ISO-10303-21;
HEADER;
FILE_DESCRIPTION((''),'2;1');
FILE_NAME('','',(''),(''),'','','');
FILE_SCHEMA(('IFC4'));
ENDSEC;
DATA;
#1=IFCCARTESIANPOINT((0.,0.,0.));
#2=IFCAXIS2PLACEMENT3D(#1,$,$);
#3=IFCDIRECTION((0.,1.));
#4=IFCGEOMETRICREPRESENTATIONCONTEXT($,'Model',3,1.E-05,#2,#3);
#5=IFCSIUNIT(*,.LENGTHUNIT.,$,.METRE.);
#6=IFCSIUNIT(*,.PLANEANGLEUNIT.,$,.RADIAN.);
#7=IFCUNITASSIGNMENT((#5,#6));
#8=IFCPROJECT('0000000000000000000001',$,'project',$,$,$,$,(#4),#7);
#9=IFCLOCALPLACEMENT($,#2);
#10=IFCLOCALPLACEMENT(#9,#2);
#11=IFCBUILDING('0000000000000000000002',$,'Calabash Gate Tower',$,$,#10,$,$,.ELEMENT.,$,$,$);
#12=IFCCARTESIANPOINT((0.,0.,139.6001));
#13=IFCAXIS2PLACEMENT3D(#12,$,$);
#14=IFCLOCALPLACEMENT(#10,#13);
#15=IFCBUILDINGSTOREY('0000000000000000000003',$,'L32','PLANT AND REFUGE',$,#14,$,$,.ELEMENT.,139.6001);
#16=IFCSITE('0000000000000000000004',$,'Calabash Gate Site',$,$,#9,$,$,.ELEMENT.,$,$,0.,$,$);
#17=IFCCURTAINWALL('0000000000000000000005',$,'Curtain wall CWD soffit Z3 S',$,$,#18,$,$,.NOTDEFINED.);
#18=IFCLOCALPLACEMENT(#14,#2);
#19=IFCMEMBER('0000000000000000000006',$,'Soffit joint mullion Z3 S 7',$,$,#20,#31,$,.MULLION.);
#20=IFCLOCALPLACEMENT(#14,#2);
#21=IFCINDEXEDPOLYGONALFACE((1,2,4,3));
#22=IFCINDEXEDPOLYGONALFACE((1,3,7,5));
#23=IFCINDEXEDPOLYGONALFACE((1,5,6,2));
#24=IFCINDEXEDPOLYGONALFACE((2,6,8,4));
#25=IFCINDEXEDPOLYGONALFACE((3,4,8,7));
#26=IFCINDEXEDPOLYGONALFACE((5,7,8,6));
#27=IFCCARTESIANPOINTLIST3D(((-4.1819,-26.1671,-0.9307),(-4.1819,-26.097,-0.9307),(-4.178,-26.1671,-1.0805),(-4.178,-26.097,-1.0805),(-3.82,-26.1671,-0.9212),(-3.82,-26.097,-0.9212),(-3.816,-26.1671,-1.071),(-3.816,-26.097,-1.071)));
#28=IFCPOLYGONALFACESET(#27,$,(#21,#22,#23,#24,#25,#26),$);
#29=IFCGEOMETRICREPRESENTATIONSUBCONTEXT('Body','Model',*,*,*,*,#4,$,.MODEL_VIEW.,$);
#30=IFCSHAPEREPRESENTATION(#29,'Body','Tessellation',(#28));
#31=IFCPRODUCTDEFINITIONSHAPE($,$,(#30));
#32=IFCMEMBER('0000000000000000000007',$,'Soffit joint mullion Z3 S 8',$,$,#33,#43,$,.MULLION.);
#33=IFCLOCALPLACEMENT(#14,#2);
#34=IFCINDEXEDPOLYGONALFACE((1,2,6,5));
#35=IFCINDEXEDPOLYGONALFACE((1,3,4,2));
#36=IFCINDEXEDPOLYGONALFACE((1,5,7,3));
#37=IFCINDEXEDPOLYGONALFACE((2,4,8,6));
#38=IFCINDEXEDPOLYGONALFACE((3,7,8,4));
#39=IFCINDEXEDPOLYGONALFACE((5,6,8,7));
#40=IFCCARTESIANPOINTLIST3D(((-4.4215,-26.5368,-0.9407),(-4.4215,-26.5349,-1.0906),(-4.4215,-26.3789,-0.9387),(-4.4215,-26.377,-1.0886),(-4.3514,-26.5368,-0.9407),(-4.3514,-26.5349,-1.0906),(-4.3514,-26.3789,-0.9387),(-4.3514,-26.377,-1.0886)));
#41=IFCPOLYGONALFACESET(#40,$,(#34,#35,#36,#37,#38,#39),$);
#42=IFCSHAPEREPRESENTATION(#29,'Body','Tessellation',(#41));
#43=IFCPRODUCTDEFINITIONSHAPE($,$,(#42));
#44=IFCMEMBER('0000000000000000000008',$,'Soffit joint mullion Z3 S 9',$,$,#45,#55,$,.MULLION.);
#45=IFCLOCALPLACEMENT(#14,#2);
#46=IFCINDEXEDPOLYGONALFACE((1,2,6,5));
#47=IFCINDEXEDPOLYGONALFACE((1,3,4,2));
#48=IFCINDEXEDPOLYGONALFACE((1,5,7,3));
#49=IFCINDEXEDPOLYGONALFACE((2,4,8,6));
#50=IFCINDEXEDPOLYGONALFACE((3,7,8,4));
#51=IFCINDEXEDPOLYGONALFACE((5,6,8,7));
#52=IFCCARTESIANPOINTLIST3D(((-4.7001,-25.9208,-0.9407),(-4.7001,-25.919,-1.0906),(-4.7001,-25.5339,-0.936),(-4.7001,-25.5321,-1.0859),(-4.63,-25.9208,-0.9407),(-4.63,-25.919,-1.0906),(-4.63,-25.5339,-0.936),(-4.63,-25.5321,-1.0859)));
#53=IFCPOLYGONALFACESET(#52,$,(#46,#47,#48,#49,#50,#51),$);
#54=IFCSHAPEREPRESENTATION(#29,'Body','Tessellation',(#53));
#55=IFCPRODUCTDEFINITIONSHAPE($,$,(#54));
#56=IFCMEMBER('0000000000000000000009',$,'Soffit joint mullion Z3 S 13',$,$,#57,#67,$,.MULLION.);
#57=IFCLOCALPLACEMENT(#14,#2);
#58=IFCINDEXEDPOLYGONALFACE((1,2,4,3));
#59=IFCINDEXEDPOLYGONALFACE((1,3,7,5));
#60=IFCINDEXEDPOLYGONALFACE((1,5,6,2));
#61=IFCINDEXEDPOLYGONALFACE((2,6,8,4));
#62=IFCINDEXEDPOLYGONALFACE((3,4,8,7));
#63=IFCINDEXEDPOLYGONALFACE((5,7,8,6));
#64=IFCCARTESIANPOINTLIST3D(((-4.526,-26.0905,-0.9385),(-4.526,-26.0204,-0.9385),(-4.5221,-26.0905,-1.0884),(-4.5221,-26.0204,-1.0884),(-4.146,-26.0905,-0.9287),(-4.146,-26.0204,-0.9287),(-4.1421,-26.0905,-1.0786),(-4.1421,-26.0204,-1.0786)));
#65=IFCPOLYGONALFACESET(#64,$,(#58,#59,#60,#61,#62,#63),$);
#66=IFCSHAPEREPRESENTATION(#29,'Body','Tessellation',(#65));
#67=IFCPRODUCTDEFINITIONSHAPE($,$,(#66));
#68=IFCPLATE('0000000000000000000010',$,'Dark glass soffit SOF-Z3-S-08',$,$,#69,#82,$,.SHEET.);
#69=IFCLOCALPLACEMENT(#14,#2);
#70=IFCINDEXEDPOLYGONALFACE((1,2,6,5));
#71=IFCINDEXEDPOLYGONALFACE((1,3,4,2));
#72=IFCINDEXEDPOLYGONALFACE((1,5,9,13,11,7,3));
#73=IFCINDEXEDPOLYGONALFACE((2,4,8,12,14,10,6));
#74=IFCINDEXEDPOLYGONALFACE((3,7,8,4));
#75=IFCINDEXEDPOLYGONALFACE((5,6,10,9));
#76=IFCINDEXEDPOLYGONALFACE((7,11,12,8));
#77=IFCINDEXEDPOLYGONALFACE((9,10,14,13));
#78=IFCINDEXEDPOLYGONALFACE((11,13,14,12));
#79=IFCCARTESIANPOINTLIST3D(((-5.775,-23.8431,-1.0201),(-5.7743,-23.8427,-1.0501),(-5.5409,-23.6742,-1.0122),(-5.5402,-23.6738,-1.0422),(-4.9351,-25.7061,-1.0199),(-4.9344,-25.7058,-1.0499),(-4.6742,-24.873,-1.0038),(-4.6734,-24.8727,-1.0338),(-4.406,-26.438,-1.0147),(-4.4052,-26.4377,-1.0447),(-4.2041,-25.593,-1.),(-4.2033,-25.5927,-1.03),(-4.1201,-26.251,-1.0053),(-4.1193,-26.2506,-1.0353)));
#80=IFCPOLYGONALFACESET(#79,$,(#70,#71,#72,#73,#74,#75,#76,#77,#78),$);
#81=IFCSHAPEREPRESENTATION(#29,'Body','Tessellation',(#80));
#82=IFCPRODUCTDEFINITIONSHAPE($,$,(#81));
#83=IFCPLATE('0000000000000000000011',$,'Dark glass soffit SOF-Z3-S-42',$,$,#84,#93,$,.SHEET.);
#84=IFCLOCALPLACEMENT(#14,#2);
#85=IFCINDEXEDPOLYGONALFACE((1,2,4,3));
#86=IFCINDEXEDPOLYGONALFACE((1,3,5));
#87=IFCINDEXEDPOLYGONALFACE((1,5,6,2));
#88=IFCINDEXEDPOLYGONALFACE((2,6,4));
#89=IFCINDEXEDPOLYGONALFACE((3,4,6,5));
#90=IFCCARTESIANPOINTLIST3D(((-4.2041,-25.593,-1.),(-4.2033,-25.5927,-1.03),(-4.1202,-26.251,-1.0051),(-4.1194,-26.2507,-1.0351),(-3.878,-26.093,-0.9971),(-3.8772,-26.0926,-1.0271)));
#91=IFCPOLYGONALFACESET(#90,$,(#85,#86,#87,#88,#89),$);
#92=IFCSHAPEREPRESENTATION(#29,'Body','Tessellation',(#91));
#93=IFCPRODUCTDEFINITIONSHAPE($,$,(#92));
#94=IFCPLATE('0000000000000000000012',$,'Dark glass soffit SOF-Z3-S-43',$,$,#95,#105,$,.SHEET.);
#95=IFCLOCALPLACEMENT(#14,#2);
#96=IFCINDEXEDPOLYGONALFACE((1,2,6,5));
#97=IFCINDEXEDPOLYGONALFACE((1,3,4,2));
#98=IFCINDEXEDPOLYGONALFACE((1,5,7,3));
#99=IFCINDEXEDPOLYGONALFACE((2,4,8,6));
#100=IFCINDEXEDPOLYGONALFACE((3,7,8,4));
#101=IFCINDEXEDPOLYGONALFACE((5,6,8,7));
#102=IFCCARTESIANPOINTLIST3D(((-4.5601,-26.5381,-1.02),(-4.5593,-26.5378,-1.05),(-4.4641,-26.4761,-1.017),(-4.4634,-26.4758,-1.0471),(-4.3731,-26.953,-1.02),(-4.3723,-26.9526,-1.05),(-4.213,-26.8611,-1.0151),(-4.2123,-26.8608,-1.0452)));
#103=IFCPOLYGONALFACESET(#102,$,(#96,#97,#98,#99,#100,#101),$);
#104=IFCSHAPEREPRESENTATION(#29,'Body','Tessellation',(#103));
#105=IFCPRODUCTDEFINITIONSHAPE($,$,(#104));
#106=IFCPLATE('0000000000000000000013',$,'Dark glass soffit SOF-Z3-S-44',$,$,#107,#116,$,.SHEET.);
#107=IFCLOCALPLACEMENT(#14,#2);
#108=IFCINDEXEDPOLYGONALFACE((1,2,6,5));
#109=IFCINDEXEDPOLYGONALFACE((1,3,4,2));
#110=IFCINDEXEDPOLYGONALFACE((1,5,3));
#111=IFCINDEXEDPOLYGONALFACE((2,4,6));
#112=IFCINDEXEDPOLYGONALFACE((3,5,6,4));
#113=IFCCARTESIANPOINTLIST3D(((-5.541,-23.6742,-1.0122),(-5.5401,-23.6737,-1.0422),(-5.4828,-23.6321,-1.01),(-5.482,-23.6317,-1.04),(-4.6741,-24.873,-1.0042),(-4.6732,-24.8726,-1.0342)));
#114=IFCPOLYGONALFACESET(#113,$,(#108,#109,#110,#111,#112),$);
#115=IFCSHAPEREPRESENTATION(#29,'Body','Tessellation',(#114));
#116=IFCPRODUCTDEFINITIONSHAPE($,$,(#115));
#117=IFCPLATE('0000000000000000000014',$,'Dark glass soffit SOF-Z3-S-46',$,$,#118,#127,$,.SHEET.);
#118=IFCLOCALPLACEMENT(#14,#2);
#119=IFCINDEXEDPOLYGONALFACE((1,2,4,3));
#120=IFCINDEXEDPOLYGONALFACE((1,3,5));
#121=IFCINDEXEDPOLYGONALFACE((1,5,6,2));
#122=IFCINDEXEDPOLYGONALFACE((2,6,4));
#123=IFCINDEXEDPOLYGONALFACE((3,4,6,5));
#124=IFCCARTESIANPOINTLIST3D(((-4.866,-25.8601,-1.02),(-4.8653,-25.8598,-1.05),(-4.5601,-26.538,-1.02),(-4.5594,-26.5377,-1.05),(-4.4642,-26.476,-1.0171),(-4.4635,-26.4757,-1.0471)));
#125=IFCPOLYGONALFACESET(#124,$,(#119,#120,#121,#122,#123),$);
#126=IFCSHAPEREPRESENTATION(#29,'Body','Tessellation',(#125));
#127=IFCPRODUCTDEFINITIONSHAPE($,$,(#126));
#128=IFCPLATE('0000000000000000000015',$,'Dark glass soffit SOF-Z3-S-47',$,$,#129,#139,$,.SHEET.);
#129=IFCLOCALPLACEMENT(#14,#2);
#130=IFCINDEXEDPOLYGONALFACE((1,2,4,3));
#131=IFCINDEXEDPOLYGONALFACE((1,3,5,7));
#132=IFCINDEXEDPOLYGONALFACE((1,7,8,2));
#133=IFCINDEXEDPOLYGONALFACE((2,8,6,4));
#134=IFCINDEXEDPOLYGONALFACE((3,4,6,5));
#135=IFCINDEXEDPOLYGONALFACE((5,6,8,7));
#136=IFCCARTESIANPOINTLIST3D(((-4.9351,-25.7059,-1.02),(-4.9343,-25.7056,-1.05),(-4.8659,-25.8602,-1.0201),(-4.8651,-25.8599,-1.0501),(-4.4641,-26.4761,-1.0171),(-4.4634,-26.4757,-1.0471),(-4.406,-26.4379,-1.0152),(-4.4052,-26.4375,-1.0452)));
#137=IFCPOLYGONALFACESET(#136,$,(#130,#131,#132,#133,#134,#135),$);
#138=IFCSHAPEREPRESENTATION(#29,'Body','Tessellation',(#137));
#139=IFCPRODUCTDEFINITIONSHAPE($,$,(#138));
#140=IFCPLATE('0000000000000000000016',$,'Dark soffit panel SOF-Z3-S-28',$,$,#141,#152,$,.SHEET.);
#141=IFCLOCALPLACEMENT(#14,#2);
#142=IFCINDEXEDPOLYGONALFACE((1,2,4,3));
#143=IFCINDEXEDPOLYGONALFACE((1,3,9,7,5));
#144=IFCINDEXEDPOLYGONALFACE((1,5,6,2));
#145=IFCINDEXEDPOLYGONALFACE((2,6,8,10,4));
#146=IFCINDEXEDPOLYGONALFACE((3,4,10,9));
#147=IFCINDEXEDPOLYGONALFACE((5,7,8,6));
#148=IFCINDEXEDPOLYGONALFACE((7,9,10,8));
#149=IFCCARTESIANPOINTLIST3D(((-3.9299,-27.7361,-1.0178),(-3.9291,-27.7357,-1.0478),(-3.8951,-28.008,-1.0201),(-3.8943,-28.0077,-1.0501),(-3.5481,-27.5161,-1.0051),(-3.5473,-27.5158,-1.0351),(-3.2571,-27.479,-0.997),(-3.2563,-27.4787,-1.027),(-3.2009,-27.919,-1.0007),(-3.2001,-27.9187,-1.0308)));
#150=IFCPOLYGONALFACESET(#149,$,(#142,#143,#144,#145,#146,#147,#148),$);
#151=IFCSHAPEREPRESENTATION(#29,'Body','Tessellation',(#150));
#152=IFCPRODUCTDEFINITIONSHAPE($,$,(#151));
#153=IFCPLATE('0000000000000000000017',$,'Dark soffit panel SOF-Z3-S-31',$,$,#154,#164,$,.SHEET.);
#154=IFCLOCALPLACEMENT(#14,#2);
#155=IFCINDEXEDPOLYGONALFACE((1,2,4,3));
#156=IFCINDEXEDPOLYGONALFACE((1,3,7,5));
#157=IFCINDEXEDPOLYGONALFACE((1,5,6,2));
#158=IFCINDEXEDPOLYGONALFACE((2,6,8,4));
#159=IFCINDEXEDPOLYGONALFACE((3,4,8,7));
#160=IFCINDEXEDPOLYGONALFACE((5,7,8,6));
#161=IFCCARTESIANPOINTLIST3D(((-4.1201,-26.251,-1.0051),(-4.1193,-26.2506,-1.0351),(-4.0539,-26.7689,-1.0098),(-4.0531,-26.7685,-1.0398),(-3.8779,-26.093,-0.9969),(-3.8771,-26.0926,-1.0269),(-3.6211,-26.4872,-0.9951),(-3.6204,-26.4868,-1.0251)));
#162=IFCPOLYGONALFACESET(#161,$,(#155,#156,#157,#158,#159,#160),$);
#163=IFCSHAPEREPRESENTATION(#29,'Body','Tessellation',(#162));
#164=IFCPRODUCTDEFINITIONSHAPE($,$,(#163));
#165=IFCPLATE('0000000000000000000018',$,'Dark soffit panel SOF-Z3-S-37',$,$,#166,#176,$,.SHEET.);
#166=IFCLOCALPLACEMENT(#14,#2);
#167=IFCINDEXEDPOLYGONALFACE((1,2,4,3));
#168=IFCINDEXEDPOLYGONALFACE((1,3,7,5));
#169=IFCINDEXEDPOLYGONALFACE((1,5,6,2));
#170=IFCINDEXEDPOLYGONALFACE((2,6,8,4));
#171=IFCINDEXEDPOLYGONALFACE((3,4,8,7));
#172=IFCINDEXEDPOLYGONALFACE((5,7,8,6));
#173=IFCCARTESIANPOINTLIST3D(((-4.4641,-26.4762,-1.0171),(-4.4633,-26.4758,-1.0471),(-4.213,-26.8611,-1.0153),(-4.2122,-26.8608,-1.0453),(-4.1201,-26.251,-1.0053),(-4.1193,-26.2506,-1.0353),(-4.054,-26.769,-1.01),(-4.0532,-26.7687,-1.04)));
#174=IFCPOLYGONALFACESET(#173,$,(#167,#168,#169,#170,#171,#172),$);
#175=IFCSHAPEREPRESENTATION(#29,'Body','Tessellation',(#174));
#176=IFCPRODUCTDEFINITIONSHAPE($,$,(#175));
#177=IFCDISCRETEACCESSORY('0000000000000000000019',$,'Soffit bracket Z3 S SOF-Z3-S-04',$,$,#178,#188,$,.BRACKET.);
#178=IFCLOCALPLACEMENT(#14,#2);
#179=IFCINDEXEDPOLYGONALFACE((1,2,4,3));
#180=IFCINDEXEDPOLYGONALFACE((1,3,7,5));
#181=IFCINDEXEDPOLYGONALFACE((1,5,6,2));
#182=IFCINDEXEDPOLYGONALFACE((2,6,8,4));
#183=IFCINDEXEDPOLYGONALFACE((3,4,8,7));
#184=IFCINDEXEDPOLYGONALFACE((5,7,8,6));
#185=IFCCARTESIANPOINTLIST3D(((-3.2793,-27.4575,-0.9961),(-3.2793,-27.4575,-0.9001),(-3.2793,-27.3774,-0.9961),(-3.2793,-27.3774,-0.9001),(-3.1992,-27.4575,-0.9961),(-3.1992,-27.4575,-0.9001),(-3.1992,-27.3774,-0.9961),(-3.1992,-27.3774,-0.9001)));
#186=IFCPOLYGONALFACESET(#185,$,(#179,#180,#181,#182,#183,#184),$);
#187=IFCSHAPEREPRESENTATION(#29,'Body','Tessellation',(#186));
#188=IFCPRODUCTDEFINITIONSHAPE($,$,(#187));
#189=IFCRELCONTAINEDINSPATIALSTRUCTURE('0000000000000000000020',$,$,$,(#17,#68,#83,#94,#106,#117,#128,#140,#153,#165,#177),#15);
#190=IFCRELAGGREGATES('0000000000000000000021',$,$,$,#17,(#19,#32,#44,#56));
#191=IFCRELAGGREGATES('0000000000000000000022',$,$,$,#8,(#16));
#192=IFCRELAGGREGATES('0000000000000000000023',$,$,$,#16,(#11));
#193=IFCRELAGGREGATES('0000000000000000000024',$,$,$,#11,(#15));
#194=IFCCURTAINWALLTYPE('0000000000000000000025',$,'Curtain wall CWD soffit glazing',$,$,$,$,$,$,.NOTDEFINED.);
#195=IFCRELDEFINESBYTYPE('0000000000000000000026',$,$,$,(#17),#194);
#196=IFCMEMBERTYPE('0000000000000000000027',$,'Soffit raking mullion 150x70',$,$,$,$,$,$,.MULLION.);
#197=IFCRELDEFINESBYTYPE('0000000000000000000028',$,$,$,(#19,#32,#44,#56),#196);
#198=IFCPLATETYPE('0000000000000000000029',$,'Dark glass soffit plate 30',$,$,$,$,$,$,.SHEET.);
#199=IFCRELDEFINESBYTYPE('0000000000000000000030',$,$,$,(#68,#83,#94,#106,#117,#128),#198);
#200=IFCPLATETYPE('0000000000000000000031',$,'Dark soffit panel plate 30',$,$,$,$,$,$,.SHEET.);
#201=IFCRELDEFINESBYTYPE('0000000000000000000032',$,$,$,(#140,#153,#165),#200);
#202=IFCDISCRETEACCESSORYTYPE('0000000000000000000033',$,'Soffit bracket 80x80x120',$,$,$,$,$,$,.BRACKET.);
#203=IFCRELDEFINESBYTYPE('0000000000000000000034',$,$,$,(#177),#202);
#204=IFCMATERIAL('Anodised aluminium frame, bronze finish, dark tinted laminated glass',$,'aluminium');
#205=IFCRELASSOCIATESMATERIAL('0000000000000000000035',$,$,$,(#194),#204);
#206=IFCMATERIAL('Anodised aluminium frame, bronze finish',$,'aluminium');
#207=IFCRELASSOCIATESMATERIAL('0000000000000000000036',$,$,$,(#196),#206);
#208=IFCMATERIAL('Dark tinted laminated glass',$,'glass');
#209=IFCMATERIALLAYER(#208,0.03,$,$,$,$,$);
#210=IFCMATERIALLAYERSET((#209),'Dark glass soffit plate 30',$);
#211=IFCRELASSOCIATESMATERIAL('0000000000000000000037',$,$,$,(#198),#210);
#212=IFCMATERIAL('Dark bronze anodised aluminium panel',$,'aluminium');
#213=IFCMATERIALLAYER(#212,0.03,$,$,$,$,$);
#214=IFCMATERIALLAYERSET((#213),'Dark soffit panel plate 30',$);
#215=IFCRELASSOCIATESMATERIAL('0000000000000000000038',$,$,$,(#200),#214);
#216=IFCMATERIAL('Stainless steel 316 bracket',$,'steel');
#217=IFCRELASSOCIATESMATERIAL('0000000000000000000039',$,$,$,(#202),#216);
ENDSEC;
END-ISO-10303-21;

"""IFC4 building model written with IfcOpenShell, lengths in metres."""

from ifc_helpers import new_model, si_unit, direction, frame, origin, origin_2d, place, context, subcontext, project, spatial, polyline, rectangle, outline, extrude, material, layer, layer_set, material_profile, profile_set, type_object, element, aggregate, save


model = new_model("IFC4")

# Units and contexts
model_context = context("Model", 3, precision=1e-05, world=origin(), true_north=direction((0.0, 1.0)))
body_context = subcontext(model_context, "Body", "Model", "MODEL_VIEW")
ifc_project = project(units=[si_unit("LENGTHUNIT", "METRE"), si_unit("PLANEANGLEUNIT", "RADIAN")], contexts=[model_context])

# Site, building, storey
site_placement = place(None, origin())
site = spatial("IfcSite", under=ifc_project, at=site_placement, Name="Calabash Gate Site", CompositionType="ELEMENT", RefElevation=0.0)
building_placement = place(site_placement, origin())
building = spatial("IfcBuilding", under=site, at=building_placement, Name="Calabash Gate Tower", CompositionType="ELEMENT")
storey_placement = place(building_placement, frame((0.0, 0.0, 139.6001)))
storey = spatial("IfcBuildingStorey", under=building, at=storey_placement, Name="L32", Description="PLANT AND REFUGE", CompositionType="ELEMENT", Elevation=139.6001)

# Curtain wall, members
ifc_material_1 = material(Name="Anodised aluminium frame, bronze finish, dark tinted laminated glass", Category="aluminium")
curtain_wall_type = type_object("IfcCurtainWallType", Name="Curtain wall CWD soffit glazing", PredefinedType="NOTDEFINED", material=ifc_material_1)
curtain_wall_placement = place(storey_placement, origin())
curtain_wall = element("IfcCurtainWall", 1, at=curtain_wall_placement, inside=storey, type_object=curtain_wall_type, Name="Curtain wall CWD soffit Z3 S", PredefinedType="NOTDEFINED")
ifc_material_2 = material(Name="Anodised aluminium frame, bronze finish", Category="aluminium")
ifc_material_profile = material_profile(ifc_material_2, rectangle(XDim=0.1499, YDim=0.0701, at=origin_2d()))
ifc_profile_set = profile_set([ifc_material_profile], Name="Anodised aluminium frame, bronze finish")
member_type = type_object("IfcMemberType", Name="Soffit raking mullion 150x70", PredefinedType="MULLION", material=ifc_profile_set)
member_1_placement = place(storey_placement, frame((-4.1799, -26.1321, -1.0056), z_axis=(0.999654, 0.0, 0.026307), x_axis=(-0.026307, 0.0, 0.999654)))
member_1 = element("IfcMember", 2, at=member_1_placement, type_object=member_type, Name="Soffit joint mullion Z3 S 7", PredefinedType="MULLION", context=body_context, shape_type="SweptSolid", body=[
    extrude(rectangle(XDim=0.1499, YDim=0.0701, at=origin_2d()), origin(), (0.0, 0.0, 1.0), 0.3621),
])
member_2_placement = place(storey_placement, frame((-4.3865, -26.3779, -1.0137), z_axis=(0.0, -0.999924, -0.012364), x_axis=(0.0, -0.012364, 0.999924)))
member_2 = element("IfcMember", 3, at=member_2_placement, type_object=member_type, Name="Soffit joint mullion Z3 S 8", PredefinedType="MULLION", context=body_context, shape_type="SweptSolid", body=[
    extrude(rectangle(XDim=0.1499, YDim=0.0701, at=origin_2d()), origin(), (0.0, 0.0, 1.0), 0.158),
])
member_3_placement = place(storey_placement, frame((-4.665, -25.533, -1.011), z_axis=(0.0, -0.999928, -0.011987), x_axis=(0.0, -0.011987, 0.999928)))
member_3 = element("IfcMember", 4, at=member_3_placement, type_object=member_type, Name="Soffit joint mullion Z3 S 9", PredefinedType="MULLION", context=body_context, shape_type="SweptSolid", body=[
    extrude(rectangle(XDim=0.1499, YDim=0.0701, at=origin_2d()), origin(), (0.0, 0.0, 1.0), 0.387),
])
member_4_placement = place(storey_placement, frame((-4.144, -26.0554, -1.0037), z_axis=(-0.99967, 0.0, -0.025698), x_axis=(-0.025698, 0.0, 0.99967)))
member_4 = element("IfcMember", 5, at=member_4_placement, type_object=member_type, Name="Soffit joint mullion Z3 S 13", PredefinedType="MULLION", context=body_context, shape_type="SweptSolid", body=[
    extrude(rectangle(XDim=0.1499, YDim=0.0701, at=origin_2d()), origin(), (0.0, 0.0, 1.0), 0.3801),
])
aggregate(curtain_wall, [member_1, member_2, member_3, member_4])

# Plates
ifc_material_3 = material(Name="Dark tinted laminated glass", Category="glass")
ifc_layer_1 = layer(ifc_material_3, 0.03)
ifc_layer_set_1 = layer_set([ifc_layer_1], Name="Dark glass soffit plate 30")
plate_type_1 = type_object("IfcPlateType", Name="Dark glass soffit plate 30", PredefinedType="SHEET", material=ifc_layer_set_1)
plate_1_placement = place(storey_placement, frame((-4.2041, -25.593, -1.0), z_axis=(-0.025405, -0.011337, 0.999613), x_axis=(0.12662, -0.991919, -0.008032)))
element("IfcPlate", 6, at=plate_1_placement, inside=storey, type_object=plate_type_1, Name="Dark glass soffit SOF-Z3-S-08", PredefinedType="SHEET", context=body_context, shape_type="SweptSolid", body=[
    extrude(outline(polyline([(0.0, 0.0), (0.6633, 0.0), (0.8127, -0.3074), (0.0198, -0.7397), (-1.9346, -1.3372), (-2.0725, -1.0835), (-0.7737, -0.3752), (0.0, 0.0)])), origin(), (0.0, 0.0, -1.0), 0.03),
])
plate_2_placement = place(storey_placement, frame((-4.2041, -25.593, -1.0), z_axis=(-0.026007, -0.011109, 0.9996), x_axis=(0.546361, -0.837535, 0.004907)))
element("IfcPlate", 7, at=plate_2_placement, inside=storey, type_object=plate_type_1, Name="Dark glass soffit SOF-Z3-S-42", PredefinedType="SHEET", context=body_context, shape_type="SweptSolid", body=[
    extrude(outline(polyline([(0.0, 0.0), (0.5969, 0.0), (0.5969, -0.2893), (0.0, 0.0)])), origin(), (0.0, 0.0, -1.0), 0.03),
])
plate_3_placement = place(storey_placement, frame((-4.5601, -26.5381, -1.02), z_axis=(-0.024047, -0.010735, 0.999653), x_axis=(0.839571, 0.542626, 0.026024)))
element("IfcPlate", 8, at=plate_3_placement, inside=storey, type_object=plate_type_1, Name="Dark glass soffit SOF-Z3-S-43", PredefinedType="SHEET", context=body_context, shape_type="SweptSolid", body=[
    extrude(outline(polyline([(0.0, 0.0), (0.1143, 0.0), (0.1162, -0.4597), (-0.0681, -0.45), (0.0, 0.0)])), origin(), (0.0, 0.0, -1.0), 0.03),
])
plate_4_placement = place(storey_placement, frame((-4.6741, -24.873, -1.0042), z_axis=(-0.028013, -0.013539, 0.999516), x_axis=(-0.585934, 0.810341, -0.005445)))
element("IfcPlate", 9, at=plate_4_placement, inside=storey, type_object=plate_type_1, Name="Dark glass soffit SOF-Z3-S-44", PredefinedType="SHEET", context=body_context, shape_type="SweptSolid", body=[
    extrude(outline(polyline([(0.0, 0.0), (1.4795, 0.0), (1.4795, -0.0718), (0.0, 0.0)])), origin(), (0.0, 0.0, -1.0), 0.03),
])
plate_5_placement = place(storey_placement, frame((-4.866, -25.8601, -1.02), z_axis=(-0.023632, -0.010663, 0.999664), x_axis=(0.546395, -0.837518, 0.003983)))
element("IfcPlate", 10, at=plate_5_placement, inside=storey, type_object=plate_type_1, Name="Dark glass soffit SOF-Z3-S-46", PredefinedType="SHEET", context=body_context, shape_type="SweptSolid", body=[
    extrude(outline(polyline([(0.0, 0.0), (0.7354, 0.0), (0.7349, -0.1143), (0.0, 0.0)])), origin(), (0.0, 0.0, -1.0), 0.03),
])
plate_6_placement = place(storey_placement, frame((-4.4641, -26.4761, -1.0171), z_axis=(-0.025187, -0.011601, 0.999615), x_axis=(-0.546393, 0.837519, -0.004047)))
element("IfcPlate", 11, at=plate_6_placement, inside=storey, type_object=plate_type_1, Name="Dark glass soffit SOF-Z3-S-47", PredefinedType="SHEET", context=body_context, shape_type="SweptSolid", body=[
    extrude(outline(polyline([(0.0, 0.0), (0.7354, 0.0), (0.9023, -0.0264), (0.0002, -0.0696), (0.0, 0.0)])), origin(), (0.0, 0.0, -1.0), 0.03),
])
ifc_material_4 = material(Name="Dark bronze anodised aluminium panel", Category="aluminium")
ifc_layer_2 = layer(ifc_material_4, 0.03)
ifc_layer_set_2 = layer_set([ifc_layer_2], Name="Dark soffit panel plate 30")
plate_type_2 = type_object("IfcPlateType", Name="Dark soffit panel plate 30", PredefinedType="SHEET", material=ifc_layer_set_2)
plate_7_placement = place(storey_placement, frame((-3.5481, -27.5161, -1.0051), z_axis=(-0.026303, -0.011797, 0.999584), x_axis=(0.99159, 0.126443, 0.027585)))
element("IfcPlate", 12, at=plate_7_placement, inside=storey, type_object=plate_type_2, Name="Dark soffit panel SOF-Z3-S-28", PredefinedType="SHEET", context=body_context, shape_type="SweptSolid", body=[
    extrude(outline(polyline([(0.0, 0.0), (0.2935, 0.0), (0.2935, -0.4436), (-0.4067, -0.4441), (-0.4067, -0.1699), (0.0, 0.0)])), origin(), (0.0, 0.0, -1.0), 0.03),
])
plate_8_placement = place(storey_placement, frame((-4.1201, -26.251, -1.0051), z_axis=(-0.02591, -0.012386, 0.999588), x_axis=(0.837253, 0.546074, 0.028469)))
element("IfcPlate", 13, at=plate_8_placement, inside=storey, type_object=plate_type_2, Name="Dark soffit panel SOF-Z3-S-31", PredefinedType="SHEET", context=body_context, shape_type="SweptSolid", body=[
    extrude(outline(polyline([(0.0, 0.0), (0.2893, 0.0), (0.2891, -0.4705), (-0.2275, -0.47), (0.0, 0.0)])), origin(), (0.0, 0.0, -1.0), 0.03),
])
plate_9_placement = place(storey_placement, frame((-4.054, -26.769, -1.01), z_axis=(-0.026131, -0.012426, 0.999581), x_axis=(-0.865005, -0.500935, -0.02884)))
element("IfcPlate", 14, at=plate_9_placement, inside=storey, type_object=plate_type_2, Name="Dark soffit panel SOF-Z3-S-37", PredefinedType="SHEET", context=body_context, shape_type="SweptSolid", body=[
    extrude(outline(polyline([(0.0, 0.0), (0.1838, 0.0), (0.2083, -0.459), (-0.2024, -0.4814), (0.0, 0.0)])), origin(), (0.0, 0.0, -1.0), 0.03),
])

# Discrete accessory
ifc_material_5 = material(Name="Stainless steel 316 bracket", Category="steel")
discrete_accessory_type = type_object("IfcDiscreteAccessoryType", Name="Soffit bracket 80x80x120", PredefinedType="BRACKET", material=ifc_material_5)
discrete_accessory_1_placement = place(storey_placement, frame((-3.2393, -27.4175, -0.9961), z_axis=(0.0, 0.0, 1.0), x_axis=(1.0, 0.0, 0.0)))
element("IfcDiscreteAccessory", 15, at=discrete_accessory_1_placement, inside=storey, type_object=discrete_accessory_type, Name="Soffit bracket Z3 S SOF-Z3-S-04", PredefinedType="BRACKET", context=body_context, shape_type="SweptSolid", body=[
    extrude(rectangle(XDim=0.0801, YDim=0.0801, at=origin_2d()), origin(), (0.0, 0.0, 1.0), 0.0959),
])

save(model, "model.ifc")
